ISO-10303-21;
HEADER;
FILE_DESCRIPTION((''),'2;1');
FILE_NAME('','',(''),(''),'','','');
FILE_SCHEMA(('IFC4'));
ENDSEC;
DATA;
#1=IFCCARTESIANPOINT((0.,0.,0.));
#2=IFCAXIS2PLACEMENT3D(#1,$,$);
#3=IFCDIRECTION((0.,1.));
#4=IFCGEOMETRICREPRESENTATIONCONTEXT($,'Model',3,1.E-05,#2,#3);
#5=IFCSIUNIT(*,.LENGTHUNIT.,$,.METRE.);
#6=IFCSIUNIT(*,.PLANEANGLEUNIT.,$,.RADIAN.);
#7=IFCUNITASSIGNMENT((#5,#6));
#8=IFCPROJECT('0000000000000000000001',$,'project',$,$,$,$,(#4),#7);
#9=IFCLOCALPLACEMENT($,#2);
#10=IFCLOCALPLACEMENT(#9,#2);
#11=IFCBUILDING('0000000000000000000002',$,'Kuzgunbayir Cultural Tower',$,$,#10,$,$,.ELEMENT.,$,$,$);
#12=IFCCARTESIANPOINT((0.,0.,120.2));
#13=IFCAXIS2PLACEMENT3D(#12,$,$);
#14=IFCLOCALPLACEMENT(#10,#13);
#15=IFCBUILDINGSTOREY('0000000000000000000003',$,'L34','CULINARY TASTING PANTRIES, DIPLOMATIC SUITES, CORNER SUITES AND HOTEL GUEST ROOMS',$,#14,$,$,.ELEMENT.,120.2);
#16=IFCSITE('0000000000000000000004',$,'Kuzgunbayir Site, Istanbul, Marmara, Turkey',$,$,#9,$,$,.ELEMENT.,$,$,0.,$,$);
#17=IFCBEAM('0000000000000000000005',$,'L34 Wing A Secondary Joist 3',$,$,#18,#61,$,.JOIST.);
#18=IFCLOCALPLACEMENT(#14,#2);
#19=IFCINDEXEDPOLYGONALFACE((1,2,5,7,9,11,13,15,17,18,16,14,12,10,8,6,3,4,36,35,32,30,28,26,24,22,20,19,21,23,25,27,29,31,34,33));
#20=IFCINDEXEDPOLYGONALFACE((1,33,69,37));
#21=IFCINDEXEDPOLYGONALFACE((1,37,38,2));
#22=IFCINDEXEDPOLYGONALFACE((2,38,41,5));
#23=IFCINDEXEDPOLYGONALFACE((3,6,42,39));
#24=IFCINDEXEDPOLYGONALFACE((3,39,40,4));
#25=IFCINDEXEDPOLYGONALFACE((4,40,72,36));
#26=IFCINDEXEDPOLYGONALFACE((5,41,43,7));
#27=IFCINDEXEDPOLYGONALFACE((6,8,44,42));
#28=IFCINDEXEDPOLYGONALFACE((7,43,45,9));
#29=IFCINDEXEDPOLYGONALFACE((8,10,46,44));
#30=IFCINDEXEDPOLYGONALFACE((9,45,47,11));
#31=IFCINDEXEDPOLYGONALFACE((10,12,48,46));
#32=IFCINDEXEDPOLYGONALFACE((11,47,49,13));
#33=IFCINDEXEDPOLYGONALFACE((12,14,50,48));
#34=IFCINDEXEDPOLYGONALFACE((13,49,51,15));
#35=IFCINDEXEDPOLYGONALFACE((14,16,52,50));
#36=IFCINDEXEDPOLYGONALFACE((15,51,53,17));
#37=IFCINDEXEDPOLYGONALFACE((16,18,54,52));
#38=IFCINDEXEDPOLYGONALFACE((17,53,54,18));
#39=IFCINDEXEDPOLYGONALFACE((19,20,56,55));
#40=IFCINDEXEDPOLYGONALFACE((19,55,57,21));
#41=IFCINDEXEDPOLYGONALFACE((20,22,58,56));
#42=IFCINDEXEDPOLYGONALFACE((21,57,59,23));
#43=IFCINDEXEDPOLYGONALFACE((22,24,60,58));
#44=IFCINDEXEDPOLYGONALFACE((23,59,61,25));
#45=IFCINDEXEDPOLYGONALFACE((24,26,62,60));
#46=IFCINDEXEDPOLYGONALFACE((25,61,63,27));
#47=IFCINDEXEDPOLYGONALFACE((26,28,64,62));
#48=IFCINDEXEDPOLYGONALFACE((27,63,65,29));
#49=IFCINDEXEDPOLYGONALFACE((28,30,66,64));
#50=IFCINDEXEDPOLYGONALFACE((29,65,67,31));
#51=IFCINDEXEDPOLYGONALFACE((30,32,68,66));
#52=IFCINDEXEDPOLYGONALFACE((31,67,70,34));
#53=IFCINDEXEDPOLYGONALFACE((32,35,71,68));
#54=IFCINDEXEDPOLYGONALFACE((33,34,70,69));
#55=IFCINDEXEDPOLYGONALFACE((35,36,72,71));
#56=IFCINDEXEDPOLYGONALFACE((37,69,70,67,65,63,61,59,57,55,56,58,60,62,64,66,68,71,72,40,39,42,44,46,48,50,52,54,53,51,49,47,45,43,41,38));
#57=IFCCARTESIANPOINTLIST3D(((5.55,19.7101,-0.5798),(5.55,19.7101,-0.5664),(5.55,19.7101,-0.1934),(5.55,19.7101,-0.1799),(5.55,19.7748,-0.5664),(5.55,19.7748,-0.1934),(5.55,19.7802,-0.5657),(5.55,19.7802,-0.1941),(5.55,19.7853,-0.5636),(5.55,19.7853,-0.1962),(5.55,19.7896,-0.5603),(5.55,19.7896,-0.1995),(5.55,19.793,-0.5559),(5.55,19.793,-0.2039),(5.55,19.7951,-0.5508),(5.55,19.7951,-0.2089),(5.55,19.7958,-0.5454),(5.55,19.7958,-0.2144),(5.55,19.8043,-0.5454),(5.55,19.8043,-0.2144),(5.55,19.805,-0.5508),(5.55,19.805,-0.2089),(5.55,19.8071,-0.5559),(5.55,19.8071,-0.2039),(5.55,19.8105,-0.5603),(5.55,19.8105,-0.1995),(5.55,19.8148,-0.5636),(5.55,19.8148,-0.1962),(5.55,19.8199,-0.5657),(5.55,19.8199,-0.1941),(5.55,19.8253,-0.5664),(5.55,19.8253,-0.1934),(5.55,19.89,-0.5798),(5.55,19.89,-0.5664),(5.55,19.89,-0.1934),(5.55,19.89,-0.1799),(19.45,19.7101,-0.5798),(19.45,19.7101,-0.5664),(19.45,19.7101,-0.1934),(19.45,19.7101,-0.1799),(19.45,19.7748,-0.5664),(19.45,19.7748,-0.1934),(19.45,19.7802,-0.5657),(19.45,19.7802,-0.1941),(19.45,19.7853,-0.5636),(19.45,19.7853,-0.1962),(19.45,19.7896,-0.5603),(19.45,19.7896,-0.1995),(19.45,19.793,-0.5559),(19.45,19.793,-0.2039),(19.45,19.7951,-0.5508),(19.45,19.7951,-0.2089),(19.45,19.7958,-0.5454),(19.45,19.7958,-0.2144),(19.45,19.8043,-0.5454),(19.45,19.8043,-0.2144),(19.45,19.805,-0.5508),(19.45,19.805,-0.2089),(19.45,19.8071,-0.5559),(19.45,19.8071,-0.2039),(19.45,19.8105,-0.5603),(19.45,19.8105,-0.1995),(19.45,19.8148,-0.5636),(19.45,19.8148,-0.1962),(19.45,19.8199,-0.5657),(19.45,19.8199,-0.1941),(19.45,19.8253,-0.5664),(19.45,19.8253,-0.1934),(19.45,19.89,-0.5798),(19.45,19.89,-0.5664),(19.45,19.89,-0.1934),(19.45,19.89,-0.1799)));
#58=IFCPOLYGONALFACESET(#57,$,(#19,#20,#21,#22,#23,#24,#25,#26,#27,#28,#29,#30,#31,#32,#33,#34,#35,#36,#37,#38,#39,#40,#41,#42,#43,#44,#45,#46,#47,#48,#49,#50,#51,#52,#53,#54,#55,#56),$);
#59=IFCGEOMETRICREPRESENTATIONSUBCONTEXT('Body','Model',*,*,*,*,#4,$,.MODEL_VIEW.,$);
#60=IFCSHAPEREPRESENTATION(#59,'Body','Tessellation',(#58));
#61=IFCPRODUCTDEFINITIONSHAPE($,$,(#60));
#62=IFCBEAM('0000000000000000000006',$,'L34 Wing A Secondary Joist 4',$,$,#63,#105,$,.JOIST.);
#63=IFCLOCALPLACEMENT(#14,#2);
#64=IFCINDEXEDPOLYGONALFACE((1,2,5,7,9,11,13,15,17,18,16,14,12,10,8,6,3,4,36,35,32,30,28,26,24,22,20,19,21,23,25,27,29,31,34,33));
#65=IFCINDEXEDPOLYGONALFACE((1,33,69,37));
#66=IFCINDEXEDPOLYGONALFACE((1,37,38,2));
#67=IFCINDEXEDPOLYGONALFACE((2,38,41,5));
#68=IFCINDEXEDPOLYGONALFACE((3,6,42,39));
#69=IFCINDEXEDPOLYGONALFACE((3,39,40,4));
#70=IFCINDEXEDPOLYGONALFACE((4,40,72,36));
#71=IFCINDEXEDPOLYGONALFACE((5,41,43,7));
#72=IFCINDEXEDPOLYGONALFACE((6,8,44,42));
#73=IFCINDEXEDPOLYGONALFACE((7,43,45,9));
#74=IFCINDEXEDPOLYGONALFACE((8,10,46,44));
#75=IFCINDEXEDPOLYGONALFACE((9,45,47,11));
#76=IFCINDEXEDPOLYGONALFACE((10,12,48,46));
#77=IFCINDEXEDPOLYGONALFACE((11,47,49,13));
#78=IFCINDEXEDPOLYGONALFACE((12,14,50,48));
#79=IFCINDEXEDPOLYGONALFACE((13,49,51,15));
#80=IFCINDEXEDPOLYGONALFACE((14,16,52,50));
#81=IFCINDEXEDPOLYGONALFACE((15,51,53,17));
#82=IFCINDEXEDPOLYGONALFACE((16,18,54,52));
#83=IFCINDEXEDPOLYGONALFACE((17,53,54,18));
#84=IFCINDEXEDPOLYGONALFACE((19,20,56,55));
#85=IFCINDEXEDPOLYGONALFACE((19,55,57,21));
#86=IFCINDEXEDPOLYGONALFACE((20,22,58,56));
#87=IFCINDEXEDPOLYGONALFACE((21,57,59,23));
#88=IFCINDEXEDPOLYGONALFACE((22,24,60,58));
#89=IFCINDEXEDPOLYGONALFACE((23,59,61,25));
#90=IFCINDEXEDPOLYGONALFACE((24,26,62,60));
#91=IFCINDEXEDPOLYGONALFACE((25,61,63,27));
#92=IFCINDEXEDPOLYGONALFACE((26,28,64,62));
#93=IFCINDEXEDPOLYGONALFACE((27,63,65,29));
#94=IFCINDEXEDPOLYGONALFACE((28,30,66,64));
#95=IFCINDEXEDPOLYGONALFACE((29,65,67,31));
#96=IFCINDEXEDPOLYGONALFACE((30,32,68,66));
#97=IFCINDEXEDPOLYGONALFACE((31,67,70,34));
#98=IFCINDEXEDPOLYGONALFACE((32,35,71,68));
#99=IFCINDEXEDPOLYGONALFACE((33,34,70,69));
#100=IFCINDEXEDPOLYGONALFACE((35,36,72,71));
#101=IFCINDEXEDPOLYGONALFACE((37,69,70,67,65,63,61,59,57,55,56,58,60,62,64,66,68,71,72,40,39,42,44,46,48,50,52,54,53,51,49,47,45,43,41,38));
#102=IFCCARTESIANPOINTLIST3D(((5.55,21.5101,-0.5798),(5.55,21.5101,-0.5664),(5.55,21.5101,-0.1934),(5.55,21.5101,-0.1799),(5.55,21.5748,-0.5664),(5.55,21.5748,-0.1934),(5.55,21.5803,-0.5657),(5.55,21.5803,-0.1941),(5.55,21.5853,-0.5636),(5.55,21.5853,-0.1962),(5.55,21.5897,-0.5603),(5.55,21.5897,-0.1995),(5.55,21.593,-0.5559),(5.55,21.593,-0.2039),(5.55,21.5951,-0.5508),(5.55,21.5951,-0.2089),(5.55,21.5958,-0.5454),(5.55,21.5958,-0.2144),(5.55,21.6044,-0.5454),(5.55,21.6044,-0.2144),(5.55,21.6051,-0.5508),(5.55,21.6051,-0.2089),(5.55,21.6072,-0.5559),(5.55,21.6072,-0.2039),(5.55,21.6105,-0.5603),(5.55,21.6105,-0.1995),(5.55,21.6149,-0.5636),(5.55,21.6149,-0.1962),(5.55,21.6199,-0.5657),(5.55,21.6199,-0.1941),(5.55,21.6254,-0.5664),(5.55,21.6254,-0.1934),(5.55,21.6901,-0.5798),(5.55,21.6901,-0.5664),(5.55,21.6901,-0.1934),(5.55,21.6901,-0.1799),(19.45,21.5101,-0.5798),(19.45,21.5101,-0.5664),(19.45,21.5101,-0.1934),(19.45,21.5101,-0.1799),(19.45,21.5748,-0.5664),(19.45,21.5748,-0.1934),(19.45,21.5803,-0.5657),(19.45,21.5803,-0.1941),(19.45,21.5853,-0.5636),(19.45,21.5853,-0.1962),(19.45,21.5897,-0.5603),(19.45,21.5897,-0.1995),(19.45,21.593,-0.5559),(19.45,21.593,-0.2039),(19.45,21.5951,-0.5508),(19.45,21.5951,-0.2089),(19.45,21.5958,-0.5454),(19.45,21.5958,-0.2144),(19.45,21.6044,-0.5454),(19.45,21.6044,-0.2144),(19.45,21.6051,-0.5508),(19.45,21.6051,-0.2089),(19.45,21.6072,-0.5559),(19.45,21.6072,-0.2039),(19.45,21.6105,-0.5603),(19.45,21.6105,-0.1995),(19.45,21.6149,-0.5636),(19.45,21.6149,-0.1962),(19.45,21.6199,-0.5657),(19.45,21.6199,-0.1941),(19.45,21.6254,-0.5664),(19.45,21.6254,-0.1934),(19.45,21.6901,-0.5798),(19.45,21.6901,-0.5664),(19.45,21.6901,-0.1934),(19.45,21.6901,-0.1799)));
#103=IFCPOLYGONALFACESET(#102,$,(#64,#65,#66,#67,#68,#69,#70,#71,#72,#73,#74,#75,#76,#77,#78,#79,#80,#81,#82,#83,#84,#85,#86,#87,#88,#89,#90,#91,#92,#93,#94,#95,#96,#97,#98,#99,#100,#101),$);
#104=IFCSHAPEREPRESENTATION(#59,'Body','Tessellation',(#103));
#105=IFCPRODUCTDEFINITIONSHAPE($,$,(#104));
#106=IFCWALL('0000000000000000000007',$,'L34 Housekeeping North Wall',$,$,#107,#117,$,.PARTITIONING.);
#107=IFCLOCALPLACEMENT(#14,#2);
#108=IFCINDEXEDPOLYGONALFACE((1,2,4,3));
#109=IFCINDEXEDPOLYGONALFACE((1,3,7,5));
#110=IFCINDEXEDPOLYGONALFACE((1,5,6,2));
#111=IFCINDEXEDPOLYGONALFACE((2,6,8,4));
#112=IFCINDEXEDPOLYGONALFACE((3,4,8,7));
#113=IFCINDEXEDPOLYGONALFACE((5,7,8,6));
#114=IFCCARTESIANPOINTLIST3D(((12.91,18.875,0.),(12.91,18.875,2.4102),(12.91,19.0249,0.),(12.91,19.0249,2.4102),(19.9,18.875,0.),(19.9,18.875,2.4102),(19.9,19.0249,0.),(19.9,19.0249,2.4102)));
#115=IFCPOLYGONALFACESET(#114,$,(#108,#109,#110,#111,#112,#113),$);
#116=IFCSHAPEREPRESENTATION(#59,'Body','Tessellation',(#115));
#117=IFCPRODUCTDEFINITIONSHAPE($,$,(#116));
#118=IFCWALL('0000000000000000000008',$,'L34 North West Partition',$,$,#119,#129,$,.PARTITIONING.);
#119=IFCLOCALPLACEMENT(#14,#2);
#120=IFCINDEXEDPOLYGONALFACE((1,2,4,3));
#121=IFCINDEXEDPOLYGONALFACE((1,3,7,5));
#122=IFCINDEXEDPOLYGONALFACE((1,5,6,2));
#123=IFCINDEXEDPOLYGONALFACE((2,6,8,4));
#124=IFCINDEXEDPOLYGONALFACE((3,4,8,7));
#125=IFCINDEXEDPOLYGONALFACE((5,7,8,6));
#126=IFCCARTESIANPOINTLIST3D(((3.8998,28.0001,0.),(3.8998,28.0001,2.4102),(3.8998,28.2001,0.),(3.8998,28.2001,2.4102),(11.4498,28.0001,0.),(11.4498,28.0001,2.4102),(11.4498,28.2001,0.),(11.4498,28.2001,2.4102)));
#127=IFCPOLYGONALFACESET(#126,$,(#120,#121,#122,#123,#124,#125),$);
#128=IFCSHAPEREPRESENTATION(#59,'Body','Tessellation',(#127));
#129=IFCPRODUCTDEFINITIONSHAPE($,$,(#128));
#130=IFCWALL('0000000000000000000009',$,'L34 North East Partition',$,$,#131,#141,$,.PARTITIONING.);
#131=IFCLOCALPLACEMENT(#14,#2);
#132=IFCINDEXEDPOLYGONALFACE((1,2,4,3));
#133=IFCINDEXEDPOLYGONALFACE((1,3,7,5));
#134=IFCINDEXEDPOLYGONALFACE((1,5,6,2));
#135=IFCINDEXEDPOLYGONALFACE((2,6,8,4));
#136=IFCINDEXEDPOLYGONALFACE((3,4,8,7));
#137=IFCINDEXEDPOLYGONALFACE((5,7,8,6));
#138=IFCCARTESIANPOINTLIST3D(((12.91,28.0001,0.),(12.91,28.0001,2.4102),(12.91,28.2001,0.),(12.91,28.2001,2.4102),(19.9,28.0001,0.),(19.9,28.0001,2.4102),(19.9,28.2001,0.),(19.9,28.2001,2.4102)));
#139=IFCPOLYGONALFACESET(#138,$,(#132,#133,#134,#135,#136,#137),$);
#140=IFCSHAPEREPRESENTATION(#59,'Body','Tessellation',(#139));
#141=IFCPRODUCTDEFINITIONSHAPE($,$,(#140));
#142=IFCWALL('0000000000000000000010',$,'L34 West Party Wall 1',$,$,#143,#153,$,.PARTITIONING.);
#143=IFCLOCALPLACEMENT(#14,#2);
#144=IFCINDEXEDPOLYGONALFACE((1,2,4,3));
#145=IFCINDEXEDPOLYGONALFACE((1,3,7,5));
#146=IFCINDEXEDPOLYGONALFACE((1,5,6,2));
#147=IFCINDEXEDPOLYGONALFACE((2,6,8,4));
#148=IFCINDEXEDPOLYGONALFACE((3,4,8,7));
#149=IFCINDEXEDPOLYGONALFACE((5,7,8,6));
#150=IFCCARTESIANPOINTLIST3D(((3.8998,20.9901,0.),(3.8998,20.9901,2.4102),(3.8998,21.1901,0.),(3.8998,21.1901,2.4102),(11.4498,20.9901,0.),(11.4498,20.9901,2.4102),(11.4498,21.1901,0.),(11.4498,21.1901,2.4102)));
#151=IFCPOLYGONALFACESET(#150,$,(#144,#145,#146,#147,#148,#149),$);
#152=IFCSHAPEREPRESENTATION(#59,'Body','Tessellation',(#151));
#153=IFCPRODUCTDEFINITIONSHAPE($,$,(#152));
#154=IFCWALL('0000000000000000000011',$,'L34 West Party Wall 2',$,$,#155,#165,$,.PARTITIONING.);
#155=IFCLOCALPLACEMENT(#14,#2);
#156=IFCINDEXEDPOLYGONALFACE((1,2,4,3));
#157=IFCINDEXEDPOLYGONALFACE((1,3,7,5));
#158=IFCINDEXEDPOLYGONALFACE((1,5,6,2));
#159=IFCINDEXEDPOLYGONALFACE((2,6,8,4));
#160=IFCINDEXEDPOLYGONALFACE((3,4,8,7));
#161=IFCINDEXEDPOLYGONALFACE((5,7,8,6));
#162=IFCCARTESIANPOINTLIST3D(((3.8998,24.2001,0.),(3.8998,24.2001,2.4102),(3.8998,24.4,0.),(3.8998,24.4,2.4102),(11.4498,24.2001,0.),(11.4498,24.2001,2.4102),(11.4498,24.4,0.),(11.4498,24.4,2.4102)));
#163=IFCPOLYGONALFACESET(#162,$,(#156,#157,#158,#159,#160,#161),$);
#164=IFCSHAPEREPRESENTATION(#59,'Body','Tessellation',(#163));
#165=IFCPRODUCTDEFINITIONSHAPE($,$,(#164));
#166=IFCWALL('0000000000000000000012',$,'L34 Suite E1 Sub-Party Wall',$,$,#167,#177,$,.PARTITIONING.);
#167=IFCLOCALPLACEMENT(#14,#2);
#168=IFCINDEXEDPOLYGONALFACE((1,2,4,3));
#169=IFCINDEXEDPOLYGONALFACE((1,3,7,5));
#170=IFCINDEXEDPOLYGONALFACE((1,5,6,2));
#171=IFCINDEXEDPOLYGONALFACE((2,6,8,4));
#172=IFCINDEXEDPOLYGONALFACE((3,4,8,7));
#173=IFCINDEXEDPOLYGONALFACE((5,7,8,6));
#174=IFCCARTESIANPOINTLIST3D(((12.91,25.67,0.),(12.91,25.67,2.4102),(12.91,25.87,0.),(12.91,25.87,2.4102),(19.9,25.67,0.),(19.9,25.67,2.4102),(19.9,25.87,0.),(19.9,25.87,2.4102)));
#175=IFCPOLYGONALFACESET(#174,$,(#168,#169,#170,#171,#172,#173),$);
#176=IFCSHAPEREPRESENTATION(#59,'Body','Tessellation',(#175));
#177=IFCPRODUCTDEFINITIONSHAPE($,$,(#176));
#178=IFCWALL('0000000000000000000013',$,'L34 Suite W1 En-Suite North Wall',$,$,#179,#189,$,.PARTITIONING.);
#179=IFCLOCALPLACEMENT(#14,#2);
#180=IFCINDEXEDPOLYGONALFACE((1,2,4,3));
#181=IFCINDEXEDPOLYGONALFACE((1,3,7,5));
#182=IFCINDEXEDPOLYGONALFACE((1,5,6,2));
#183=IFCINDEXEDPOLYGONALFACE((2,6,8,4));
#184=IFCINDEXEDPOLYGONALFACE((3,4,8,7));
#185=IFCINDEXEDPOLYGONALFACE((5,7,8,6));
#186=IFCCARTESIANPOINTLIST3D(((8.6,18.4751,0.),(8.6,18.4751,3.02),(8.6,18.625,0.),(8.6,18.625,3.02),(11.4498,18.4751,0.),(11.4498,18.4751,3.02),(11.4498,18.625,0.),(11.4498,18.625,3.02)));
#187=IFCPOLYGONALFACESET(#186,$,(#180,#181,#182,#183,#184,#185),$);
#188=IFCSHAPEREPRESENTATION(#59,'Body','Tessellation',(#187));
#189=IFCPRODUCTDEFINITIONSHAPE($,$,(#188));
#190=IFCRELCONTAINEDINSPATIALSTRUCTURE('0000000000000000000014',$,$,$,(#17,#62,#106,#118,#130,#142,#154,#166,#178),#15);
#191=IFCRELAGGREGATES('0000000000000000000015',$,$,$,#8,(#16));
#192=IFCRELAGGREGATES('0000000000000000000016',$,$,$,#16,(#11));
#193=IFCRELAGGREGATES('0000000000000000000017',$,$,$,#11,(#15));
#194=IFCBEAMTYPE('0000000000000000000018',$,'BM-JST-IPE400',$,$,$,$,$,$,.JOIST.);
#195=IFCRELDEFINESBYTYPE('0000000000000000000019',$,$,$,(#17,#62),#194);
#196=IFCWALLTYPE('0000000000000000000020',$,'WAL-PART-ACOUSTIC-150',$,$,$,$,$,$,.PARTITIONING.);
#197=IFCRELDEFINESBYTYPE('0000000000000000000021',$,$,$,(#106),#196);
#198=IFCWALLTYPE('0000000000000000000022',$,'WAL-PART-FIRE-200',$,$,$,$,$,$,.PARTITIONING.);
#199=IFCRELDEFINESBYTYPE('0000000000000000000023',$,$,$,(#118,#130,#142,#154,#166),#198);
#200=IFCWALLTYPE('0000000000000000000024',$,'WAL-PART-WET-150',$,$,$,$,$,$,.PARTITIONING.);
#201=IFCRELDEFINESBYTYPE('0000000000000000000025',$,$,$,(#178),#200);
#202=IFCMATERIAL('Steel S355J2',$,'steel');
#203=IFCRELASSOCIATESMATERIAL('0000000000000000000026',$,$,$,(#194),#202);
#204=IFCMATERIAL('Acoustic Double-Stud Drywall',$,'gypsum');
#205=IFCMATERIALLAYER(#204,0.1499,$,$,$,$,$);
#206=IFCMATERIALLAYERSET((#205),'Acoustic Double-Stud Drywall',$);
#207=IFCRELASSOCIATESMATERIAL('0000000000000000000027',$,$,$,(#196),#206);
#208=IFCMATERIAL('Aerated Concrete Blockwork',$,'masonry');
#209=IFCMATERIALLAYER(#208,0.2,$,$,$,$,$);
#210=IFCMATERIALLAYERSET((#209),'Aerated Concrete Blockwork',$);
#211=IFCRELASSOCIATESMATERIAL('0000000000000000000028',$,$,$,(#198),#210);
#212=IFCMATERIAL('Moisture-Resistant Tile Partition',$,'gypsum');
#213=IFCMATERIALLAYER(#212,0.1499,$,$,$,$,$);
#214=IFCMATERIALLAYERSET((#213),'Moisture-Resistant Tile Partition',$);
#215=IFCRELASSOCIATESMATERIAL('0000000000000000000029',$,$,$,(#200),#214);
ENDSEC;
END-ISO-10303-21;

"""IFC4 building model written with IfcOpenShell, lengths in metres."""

from ifc_helpers import new_model, si_unit, direction, frame, frame_2d, origin, origin_2d, place, context, subcontext, project, spatial, rectangle, i_section, extrude, material, layer, layer_set, material_profile, profile_set, type_object, element, save


model = new_model("IFC4")

# Units and contexts
model_context = context("Model", 3, precision=1e-05, world=origin(), true_north=direction((0.0, 1.0)))
body_context = subcontext(model_context, "Body", "Model", "MODEL_VIEW")
ifc_project = project(units=[si_unit("LENGTHUNIT", "METRE"), si_unit("PLANEANGLEUNIT", "RADIAN")], contexts=[model_context])

# Site, building, storey
site_placement = place(None, origin())
site = spatial("IfcSite", under=ifc_project, at=site_placement, Name="Kuzgunbayir Site, Istanbul, Marmara, Turkey", CompositionType="ELEMENT", RefElevation=0.0)
building_placement = place(site_placement, origin())
building = spatial("IfcBuilding", under=site, at=building_placement, Name="Kuzgunbayir Cultural Tower", CompositionType="ELEMENT")
storey_placement = place(building_placement, frame((0.0, 0.0, 120.2)))
storey = spatial("IfcBuildingStorey", under=building, at=storey_placement, Name="L34", Description="CULINARY TASTING PANTRIES, DIPLOMATIC SUITES, CORNER SUITES AND HOTEL GUEST ROOMS", CompositionType="ELEMENT", Elevation=120.2)

# Beams
ifc_material_1 = material(Name="Steel S355J2", Category="steel")
ifc_material_profile_1 = material_profile(ifc_material_1, i_section(OverallWidth=0.1799, OverallDepth=0.3999, WebThickness=0.0085, FlangeThickness=0.0134, FilletRadius=0.021, at=origin_2d()), Name="IPE 400")
ifc_profile_set_1 = profile_set([ifc_material_profile_1], Name="Steel S355J2")
beam_type_1 = type_object("IfcBeamType", Name="BM-JST-IPE400", PredefinedType="JOIST", material=ifc_profile_set_1)
for number, where, z_axis, x_axis, name in (
    (1, (5.55, 19.8, -0.3799), (1.0, 0.0, 0.0), (0.0, 1.0, 0.0), "L34 Wing A Secondary Joist 3"),
    (2, (5.55, 21.6001, -0.3799), (1.0, 0.0, 0.0), (0.0, 1.0, 0.0), "L34 Wing A Secondary Joist 4"),
):
    element("IfcBeam", number, at=place(storey_placement, frame(where, z_axis=z_axis, x_axis=x_axis)), inside=storey, type_object=beam_type_1, Name=name, PredefinedType="JOIST", context=body_context, shape_type="SweptSolid", body=[
        extrude(i_section(OverallWidth=0.1799, OverallDepth=0.3999, WebThickness=0.0085, FlangeThickness=0.0134, FilletRadius=0.021, at=origin_2d()), origin(), (0.0, 0.0, 1.0), 13.8999),
    ])

# Walls
ifc_material_2 = material(Name="Acoustic Double-Stud Drywall", Category="gypsum")
ifc_layer_1 = layer(ifc_material_2, 0.1499)
ifc_layer_set_1 = layer_set([ifc_layer_1], Name="Acoustic Double-Stud Drywall")
wall_type_1 = type_object("IfcWallType", Name="WAL-PART-ACOUSTIC-150", PredefinedType="PARTITIONING", material=ifc_layer_set_1)
wall_1_placement = place(storey_placement, frame((12.9099, 18.95, 0.0), z_axis=(0.0, 0.0, 1.0), x_axis=(1.0, 0.0, 0.0)))
element("IfcWall", 3, at=wall_1_placement, inside=storey, type_object=wall_type_1, Name="L34 Housekeeping North Wall", PredefinedType="PARTITIONING", context=body_context, shape_type="SweptSolid", body=[
    extrude(rectangle(XDim=6.99, YDim=0.1499, at=frame_2d((3.4951, 0.0))), origin(), (0.0, 0.0, 1.0), 2.4102),
])
ifc_material_3 = material(Name="Aerated Concrete Blockwork", Category="masonry")
ifc_layer_2 = layer(ifc_material_3, 0.2)
ifc_layer_set_2 = layer_set([ifc_layer_2], Name="Aerated Concrete Blockwork")
wall_type_2 = type_object("IfcWallType", Name="WAL-PART-FIRE-200", PredefinedType="PARTITIONING", material=ifc_layer_set_2)
wall_2_placement = place(storey_placement, frame((3.8999, 28.1001, 0.0), z_axis=(0.0, 0.0, 1.0), x_axis=(1.0, 0.0, 0.0)))
element("IfcWall", 4, at=wall_2_placement, inside=storey, type_object=wall_type_2, Name="L34 North West Partition", PredefinedType="PARTITIONING", context=body_context, shape_type="SweptSolid", body=[
    extrude(rectangle(XDim=7.55, YDim=0.2, at=frame_2d((3.7749, 0.0))), origin(), (0.0, 0.0, 1.0), 2.4102),
])
wall_3_placement = place(storey_placement, frame((12.9099, 28.1001, 0.0), z_axis=(0.0, 0.0, 1.0), x_axis=(1.0, 0.0, 0.0)))
element("IfcWall", 5, at=wall_3_placement, inside=storey, type_object=wall_type_2, Name="L34 North East Partition", PredefinedType="PARTITIONING", context=body_context, shape_type="SweptSolid", body=[
    extrude(rectangle(XDim=6.99, YDim=0.2, at=frame_2d((3.4951, 0.0))), origin(), (0.0, 0.0, 1.0), 2.4102),
])
for number, where, z_axis, x_axis, name in (
    (6, (3.8999, 21.0901, 0.0), (0.0, 0.0, 1.0), (1.0, 0.0, 0.0), "L34 West Party Wall 1"),
    (7, (3.8999, 24.3, 0.0), (0.0, 0.0, 1.0), (1.0, 0.0, 0.0), "L34 West Party Wall 2"),
):
    element("IfcWall", number, at=place(storey_placement, frame(where, z_axis=z_axis, x_axis=x_axis)), inside=storey, type_object=wall_type_2, Name=name, PredefinedType="PARTITIONING", context=body_context, shape_type="SweptSolid", body=[
        extrude(rectangle(XDim=7.55, YDim=0.2, at=frame_2d((3.7749, 0.0))), origin(), (0.0, 0.0, 1.0), 2.4102),
    ])
wall_4_placement = place(storey_placement, frame((12.9099, 25.77, 0.0), z_axis=(0.0, 0.0, 1.0), x_axis=(1.0, 0.0, 0.0)))
element("IfcWall", 8, at=wall_4_placement, inside=storey, type_object=wall_type_2, Name="L34 Suite E1 Sub-Party Wall", PredefinedType="PARTITIONING", context=body_context, shape_type="SweptSolid", body=[
    extrude(rectangle(XDim=6.99, YDim=0.2, at=frame_2d((3.4951, 0.0))), origin(), (0.0, 0.0, 1.0), 2.4102),
])
ifc_material_4 = material(Name="Moisture-Resistant Tile Partition", Category="gypsum")
ifc_layer_3 = layer(ifc_material_4, 0.1499)
ifc_layer_set_3 = layer_set([ifc_layer_3], Name="Moisture-Resistant Tile Partition")
wall_type_3 = type_object("IfcWallType", Name="WAL-PART-WET-150", PredefinedType="PARTITIONING", material=ifc_layer_set_3)
wall_5_placement = place(storey_placement, frame((8.6001, 18.55, 0.0), z_axis=(0.0, 0.0, 1.0), x_axis=(1.0, 0.0, 0.0)))
element("IfcWall", 9, at=wall_5_placement, inside=storey, type_object=wall_type_3, Name="L34 Suite W1 En-Suite North Wall", PredefinedType="PARTITIONING", context=body_context, shape_type="SweptSolid", body=[
    extrude(rectangle(XDim=2.8499, YDim=0.1499, at=frame_2d((1.4248, 0.0))), origin(), (0.0, 0.0, 1.0), 3.02),
])

save(model, "model.ifc")
